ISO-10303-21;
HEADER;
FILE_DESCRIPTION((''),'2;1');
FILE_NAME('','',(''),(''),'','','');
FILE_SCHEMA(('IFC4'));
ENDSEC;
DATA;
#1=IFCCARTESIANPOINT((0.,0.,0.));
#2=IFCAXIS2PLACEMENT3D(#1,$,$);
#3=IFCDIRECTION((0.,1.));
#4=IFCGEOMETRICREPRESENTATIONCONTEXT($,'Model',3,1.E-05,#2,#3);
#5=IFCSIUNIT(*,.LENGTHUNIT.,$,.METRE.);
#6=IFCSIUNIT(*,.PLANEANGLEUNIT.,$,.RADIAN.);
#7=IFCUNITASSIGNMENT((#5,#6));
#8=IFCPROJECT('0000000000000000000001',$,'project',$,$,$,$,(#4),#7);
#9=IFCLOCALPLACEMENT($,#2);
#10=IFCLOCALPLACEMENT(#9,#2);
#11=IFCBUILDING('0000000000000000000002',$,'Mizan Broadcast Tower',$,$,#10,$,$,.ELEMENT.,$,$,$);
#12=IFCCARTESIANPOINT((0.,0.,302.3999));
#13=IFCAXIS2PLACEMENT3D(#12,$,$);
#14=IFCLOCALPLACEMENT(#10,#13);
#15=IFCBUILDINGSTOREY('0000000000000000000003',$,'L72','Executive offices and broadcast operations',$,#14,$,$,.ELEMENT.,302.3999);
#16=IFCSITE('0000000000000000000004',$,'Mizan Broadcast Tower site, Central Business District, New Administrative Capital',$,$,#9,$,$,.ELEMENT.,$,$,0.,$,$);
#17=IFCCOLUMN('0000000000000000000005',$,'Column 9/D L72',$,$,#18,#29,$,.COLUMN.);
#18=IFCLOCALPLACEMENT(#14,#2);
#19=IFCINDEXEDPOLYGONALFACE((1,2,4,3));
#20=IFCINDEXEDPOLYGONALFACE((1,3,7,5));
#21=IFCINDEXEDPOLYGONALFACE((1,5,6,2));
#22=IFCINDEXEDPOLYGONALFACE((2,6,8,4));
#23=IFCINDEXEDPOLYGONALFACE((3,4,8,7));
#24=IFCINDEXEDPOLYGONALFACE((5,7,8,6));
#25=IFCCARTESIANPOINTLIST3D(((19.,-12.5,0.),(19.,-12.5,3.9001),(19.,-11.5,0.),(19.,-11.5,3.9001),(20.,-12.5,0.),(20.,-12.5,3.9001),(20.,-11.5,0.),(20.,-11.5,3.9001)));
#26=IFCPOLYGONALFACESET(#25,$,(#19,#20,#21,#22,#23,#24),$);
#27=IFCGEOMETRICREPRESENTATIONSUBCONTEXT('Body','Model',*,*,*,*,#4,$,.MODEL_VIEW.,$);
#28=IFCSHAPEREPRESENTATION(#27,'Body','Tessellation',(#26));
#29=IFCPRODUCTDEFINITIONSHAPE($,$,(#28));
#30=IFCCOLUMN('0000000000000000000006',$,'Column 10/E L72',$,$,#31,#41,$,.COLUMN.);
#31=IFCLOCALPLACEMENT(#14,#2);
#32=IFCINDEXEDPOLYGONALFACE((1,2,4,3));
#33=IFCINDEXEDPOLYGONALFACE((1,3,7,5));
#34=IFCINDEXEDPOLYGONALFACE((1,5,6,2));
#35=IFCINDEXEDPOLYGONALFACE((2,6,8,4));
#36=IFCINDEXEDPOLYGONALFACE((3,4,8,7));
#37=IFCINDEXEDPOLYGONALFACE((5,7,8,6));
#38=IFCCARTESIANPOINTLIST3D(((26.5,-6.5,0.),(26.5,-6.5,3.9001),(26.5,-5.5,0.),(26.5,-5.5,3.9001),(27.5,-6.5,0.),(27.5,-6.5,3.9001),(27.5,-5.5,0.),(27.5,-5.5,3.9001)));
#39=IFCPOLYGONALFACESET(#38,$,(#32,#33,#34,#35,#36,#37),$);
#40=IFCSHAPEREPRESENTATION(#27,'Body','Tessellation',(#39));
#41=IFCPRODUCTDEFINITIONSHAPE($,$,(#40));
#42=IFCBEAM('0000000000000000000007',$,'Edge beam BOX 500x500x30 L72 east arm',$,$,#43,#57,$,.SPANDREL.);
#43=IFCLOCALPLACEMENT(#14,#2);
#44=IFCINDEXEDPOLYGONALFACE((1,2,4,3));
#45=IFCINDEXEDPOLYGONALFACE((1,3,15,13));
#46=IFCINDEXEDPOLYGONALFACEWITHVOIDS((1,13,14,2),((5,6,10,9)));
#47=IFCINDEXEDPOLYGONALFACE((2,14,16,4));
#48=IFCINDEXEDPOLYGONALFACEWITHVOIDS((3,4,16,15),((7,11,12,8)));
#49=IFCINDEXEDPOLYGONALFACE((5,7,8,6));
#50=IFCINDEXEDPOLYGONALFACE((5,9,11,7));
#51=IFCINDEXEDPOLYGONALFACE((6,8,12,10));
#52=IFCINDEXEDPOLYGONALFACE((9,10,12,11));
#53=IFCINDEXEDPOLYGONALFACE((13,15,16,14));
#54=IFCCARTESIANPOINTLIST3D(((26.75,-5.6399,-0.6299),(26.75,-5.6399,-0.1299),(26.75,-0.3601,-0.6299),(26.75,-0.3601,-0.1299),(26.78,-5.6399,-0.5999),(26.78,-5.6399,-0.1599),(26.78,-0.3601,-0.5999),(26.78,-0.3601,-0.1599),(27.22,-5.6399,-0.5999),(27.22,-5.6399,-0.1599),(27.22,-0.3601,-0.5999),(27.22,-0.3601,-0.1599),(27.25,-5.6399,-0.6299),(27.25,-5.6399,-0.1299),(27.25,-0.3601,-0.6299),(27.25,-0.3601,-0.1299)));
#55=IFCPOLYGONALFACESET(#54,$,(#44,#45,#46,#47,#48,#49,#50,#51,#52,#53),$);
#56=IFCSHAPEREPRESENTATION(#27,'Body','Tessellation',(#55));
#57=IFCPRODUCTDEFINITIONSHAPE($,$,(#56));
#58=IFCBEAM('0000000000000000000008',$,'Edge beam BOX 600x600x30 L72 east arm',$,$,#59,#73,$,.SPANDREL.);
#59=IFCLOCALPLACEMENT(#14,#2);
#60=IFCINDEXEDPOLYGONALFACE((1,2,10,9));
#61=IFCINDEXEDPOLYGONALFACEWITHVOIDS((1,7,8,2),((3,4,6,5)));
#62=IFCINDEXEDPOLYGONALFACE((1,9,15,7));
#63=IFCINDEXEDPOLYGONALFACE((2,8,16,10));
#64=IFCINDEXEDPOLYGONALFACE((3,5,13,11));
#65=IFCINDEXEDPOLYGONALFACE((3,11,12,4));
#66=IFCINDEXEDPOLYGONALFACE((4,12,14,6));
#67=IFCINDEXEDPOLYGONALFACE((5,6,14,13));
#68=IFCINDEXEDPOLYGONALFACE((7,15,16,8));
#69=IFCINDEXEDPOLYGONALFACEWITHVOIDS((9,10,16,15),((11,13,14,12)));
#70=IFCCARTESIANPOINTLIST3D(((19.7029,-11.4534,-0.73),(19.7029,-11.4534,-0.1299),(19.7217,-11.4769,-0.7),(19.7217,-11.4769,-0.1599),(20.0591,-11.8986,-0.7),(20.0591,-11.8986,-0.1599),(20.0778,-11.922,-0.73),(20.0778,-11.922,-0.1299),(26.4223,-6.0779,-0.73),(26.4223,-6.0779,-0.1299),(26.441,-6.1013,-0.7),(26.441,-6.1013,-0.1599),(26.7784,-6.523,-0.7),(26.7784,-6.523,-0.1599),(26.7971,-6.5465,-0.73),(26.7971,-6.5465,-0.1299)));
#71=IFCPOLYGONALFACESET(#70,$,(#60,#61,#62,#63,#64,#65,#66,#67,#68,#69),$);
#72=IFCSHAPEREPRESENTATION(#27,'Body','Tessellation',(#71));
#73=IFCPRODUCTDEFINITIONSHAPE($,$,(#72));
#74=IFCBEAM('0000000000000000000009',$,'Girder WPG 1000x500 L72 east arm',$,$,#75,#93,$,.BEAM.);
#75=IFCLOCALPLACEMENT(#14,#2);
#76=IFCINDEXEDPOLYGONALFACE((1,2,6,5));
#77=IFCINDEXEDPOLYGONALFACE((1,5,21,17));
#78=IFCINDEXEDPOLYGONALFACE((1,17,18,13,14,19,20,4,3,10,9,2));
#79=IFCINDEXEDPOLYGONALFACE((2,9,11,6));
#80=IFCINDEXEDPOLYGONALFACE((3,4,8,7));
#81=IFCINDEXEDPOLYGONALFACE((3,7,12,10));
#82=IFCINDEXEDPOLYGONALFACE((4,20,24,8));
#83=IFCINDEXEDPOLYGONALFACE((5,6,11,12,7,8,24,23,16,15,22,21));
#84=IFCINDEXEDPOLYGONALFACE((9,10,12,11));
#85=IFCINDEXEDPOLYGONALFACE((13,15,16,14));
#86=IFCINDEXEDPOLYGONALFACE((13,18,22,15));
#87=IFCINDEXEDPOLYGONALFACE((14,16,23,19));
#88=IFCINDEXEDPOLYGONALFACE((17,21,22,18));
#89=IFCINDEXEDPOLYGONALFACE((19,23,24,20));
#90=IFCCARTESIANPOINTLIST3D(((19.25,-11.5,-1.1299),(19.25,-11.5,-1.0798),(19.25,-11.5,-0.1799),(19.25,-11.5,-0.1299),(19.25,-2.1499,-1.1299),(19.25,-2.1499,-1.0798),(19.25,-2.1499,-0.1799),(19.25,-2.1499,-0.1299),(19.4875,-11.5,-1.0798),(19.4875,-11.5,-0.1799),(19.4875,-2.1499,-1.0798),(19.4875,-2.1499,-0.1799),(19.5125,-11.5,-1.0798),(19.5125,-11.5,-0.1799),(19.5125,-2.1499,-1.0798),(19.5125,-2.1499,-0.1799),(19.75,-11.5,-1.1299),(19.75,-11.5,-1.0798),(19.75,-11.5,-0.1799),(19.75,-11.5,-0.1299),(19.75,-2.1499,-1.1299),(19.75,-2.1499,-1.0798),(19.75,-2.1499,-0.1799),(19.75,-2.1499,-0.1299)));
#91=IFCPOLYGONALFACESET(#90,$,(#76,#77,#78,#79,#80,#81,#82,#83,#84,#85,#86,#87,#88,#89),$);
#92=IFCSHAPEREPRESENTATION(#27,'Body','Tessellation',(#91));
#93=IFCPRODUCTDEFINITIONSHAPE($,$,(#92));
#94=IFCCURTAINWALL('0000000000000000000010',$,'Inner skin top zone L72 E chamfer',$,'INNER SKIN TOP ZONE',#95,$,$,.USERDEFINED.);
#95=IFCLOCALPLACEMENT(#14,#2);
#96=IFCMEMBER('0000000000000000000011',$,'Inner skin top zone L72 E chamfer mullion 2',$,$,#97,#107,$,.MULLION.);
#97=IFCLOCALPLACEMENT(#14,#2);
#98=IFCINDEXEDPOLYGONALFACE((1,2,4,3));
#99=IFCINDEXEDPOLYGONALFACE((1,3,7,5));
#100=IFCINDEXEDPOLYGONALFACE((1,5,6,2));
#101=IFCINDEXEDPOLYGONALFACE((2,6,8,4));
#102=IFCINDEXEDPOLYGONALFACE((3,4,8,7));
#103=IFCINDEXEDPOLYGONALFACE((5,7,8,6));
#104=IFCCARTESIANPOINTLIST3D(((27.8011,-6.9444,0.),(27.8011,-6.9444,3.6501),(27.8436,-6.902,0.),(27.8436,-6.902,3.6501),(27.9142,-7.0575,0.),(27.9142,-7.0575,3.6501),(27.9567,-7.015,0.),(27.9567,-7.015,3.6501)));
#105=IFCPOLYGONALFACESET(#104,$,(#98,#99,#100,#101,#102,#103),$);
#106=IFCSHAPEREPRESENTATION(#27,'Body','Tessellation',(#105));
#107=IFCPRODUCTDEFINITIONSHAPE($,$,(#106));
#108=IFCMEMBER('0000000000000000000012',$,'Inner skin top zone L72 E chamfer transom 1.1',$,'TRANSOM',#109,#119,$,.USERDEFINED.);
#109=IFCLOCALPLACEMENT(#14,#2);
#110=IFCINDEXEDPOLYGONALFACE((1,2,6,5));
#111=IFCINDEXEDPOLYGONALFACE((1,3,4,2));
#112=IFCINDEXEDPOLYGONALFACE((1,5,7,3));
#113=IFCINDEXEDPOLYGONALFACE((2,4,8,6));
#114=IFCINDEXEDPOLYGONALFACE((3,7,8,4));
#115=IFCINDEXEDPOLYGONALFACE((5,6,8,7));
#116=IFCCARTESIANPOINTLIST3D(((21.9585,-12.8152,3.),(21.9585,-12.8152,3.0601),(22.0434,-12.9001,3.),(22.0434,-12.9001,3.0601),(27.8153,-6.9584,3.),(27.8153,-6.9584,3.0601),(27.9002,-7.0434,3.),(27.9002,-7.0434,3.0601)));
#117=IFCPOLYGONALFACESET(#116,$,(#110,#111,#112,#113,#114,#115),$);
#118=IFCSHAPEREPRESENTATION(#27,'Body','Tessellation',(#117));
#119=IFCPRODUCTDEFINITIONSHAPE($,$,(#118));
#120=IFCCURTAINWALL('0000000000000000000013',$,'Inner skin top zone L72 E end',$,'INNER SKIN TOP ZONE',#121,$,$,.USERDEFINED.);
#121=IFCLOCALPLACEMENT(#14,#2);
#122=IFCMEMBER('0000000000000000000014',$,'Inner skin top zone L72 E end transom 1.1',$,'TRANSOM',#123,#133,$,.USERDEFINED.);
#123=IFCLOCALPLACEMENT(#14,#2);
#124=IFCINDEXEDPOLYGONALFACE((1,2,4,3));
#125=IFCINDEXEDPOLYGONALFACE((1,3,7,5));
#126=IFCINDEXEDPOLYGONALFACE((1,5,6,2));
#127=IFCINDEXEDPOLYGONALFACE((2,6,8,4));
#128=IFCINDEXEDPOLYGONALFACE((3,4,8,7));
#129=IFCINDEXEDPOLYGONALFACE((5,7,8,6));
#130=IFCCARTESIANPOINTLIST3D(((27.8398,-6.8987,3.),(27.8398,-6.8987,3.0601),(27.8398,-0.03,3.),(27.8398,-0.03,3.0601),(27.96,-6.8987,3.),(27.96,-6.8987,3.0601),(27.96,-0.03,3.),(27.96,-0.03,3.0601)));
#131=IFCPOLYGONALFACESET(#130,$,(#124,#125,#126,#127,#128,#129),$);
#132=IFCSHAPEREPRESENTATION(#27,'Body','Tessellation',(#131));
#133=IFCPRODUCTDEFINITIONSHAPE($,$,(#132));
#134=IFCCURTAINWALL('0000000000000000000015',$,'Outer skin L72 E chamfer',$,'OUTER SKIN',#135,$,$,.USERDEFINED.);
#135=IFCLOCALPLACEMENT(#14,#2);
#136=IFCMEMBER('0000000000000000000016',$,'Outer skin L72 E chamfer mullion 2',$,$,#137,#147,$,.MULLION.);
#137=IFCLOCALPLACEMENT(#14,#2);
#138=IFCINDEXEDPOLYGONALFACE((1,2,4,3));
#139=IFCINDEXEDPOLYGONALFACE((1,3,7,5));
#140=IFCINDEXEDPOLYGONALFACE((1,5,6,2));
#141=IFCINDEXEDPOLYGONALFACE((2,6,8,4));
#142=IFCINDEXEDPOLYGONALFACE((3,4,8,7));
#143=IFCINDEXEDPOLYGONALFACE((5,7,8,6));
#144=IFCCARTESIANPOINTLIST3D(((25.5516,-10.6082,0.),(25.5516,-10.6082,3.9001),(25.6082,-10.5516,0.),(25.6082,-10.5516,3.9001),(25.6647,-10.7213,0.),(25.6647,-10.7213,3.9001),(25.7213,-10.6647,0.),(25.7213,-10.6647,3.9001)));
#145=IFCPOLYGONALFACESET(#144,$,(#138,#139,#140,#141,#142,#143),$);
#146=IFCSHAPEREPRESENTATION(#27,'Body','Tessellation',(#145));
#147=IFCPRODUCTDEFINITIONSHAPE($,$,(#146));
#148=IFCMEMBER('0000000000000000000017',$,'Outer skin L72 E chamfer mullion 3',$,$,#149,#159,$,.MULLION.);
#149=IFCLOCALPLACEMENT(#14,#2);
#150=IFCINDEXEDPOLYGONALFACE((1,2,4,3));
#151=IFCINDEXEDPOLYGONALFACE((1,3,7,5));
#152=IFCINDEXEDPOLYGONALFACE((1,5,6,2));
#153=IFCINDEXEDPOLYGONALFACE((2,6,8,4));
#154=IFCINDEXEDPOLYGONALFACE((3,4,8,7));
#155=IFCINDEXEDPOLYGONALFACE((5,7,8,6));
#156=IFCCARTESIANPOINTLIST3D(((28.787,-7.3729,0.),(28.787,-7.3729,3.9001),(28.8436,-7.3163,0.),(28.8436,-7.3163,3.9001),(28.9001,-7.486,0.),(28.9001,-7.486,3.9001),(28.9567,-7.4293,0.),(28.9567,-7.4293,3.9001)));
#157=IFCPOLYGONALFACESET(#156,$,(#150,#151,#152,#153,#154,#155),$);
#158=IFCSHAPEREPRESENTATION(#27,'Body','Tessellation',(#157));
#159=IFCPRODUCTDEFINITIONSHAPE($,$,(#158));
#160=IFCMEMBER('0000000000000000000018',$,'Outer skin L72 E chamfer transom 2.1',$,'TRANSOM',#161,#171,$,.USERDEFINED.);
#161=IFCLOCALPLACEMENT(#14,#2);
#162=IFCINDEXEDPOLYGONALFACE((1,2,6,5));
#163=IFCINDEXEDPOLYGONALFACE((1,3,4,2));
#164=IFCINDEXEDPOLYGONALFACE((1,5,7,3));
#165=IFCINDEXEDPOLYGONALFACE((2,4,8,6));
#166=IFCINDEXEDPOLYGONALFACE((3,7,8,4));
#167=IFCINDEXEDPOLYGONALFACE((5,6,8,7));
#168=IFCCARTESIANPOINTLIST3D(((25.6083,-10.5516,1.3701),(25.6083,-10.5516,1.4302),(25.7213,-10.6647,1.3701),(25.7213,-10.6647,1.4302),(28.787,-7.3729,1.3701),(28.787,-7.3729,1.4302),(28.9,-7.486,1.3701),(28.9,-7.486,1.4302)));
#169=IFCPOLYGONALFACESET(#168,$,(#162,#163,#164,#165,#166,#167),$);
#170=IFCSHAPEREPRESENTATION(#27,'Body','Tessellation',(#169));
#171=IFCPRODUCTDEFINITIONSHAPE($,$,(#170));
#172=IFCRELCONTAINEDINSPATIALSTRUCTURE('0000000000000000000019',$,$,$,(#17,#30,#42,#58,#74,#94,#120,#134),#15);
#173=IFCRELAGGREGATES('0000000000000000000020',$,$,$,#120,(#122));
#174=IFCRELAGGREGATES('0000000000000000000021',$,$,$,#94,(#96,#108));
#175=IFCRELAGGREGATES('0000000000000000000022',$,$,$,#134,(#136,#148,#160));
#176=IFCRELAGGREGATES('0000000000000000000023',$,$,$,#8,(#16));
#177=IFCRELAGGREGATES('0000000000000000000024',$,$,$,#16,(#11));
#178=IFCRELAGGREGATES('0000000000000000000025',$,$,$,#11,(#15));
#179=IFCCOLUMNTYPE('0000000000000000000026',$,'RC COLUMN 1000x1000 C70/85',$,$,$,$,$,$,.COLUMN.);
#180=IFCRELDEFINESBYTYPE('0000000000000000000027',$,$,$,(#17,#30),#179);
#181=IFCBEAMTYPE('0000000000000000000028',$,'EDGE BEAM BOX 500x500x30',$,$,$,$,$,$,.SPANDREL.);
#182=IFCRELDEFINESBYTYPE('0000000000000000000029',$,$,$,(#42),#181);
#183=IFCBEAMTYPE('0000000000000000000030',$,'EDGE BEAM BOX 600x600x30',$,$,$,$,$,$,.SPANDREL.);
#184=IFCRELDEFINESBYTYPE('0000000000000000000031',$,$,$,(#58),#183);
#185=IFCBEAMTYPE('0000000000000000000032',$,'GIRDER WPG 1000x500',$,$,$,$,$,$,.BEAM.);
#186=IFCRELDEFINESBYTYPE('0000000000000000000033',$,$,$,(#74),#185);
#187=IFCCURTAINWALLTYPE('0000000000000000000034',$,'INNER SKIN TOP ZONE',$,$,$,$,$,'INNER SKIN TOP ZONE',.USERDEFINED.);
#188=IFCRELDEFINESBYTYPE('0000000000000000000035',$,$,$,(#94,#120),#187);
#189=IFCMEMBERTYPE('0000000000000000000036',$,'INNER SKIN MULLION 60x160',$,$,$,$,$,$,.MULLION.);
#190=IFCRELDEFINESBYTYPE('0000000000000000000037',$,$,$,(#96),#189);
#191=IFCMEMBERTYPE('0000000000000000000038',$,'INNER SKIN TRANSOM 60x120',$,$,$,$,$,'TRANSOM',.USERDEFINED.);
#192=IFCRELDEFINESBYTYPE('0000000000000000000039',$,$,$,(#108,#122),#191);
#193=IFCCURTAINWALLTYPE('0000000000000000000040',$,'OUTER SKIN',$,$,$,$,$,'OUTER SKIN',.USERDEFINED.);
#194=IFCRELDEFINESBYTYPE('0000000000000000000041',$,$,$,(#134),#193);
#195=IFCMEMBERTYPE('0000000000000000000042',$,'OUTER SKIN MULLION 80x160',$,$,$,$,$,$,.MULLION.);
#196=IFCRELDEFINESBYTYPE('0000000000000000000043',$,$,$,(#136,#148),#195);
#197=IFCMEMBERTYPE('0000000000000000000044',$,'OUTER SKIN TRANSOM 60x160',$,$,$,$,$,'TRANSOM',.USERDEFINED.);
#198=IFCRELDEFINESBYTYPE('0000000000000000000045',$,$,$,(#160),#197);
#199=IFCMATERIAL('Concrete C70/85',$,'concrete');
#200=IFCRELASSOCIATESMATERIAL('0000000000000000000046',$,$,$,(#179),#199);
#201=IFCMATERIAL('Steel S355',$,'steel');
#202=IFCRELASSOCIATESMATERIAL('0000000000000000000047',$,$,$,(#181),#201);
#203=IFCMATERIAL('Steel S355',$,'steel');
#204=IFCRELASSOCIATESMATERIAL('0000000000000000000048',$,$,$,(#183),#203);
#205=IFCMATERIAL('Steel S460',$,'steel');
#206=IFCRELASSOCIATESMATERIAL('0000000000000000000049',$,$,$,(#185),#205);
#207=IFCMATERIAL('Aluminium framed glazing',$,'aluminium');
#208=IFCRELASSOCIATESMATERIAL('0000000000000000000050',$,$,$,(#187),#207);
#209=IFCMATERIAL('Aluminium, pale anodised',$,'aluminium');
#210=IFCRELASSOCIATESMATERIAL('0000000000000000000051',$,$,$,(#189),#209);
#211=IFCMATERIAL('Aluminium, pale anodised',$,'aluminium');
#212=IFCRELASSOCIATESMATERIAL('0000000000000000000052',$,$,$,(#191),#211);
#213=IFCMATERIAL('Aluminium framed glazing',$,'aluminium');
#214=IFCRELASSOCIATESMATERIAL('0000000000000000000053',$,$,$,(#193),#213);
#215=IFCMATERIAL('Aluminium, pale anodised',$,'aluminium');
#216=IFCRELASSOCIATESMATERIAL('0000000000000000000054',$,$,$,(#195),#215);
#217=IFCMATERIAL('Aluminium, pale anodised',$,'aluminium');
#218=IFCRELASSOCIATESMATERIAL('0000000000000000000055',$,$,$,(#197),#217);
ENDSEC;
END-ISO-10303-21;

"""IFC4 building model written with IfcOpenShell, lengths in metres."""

from ifc_helpers import new_model, si_unit, direction, frame, origin, origin_2d, place, context, subcontext, project, spatial, rectangle, hollow_rectangle, i_section, extrude, material, material_profile, profile_set, type_object, element, aggregate, save


model = new_model("IFC4")

# Units and contexts
model_context = context("Model", 3, precision=1e-05, world=origin(), true_north=direction((0.0, 1.0)))
body_context = subcontext(model_context, "Body", "Model", "MODEL_VIEW")
ifc_project = project(units=[si_unit("LENGTHUNIT", "METRE"), si_unit("PLANEANGLEUNIT", "RADIAN")], contexts=[model_context])

# Site, building, storey
site_placement = place(None, origin())
site = spatial("IfcSite", under=ifc_project, at=site_placement, Name="Mizan Broadcast Tower site, Central Business District, New Administrative Capital", CompositionType="ELEMENT", RefElevation=0.0)
building_placement = place(site_placement, origin())
building = spatial("IfcBuilding", under=site, at=building_placement, Name="Mizan Broadcast Tower", CompositionType="ELEMENT")
storey_placement = place(building_placement, frame((0.0, 0.0, 302.3999)))
storey = spatial("IfcBuildingStorey", under=building, at=storey_placement, Name="L72", Description="Executive offices and broadcast operations", CompositionType="ELEMENT", Elevation=302.3999)

# Columns
ifc_material_1 = material(Name="Concrete C70/85", Category="concrete")
ifc_material_profile_1 = material_profile(ifc_material_1, rectangle(XDim=1.0, YDim=1.0, at=origin_2d()), Name="RC 1000x1000")
ifc_profile_set_1 = profile_set([ifc_material_profile_1], Name="Concrete C70/85")
column_type = type_object("IfcColumnType", Name="RC COLUMN 1000x1000 C70/85", PredefinedType="COLUMN", material=ifc_profile_set_1)
for number, where, z_axis, x_axis, name in (
    (1, (19.5, -12.0, 0.0), (0.0, 0.0, 1.0), (1.0, 0.0, 0.0), "Column 9/D L72"),
    (2, (27.0, -6.0, 0.0), (0.0, 0.0, 1.0), (1.0, 0.0, 0.0), "Column 10/E L72"),
):
    element("IfcColumn", number, at=place(storey_placement, frame(where, z_axis=z_axis, x_axis=x_axis)), inside=storey, type_object=column_type, Name=name, PredefinedType="COLUMN", context=body_context, shape_type="SweptSolid", body=[
        extrude(rectangle(XDim=1.0, YDim=1.0, at=origin_2d()), origin(), (0.0, 0.0, 1.0), 3.9001),
    ])

# Beams
ifc_material_2 = material(Name="Steel S355", Category="steel")
ifc_material_profile_2 = material_profile(ifc_material_2, hollow_rectangle(XDim=0.5, YDim=0.5, WallThickness=0.03, at=origin_2d()), Name="BOX 500x500x30")
ifc_profile_set_2 = profile_set([ifc_material_profile_2], Name="Steel S355")
beam_type_1 = type_object("IfcBeamType", Name="EDGE BEAM BOX 500x500x30", PredefinedType="SPANDREL", material=ifc_profile_set_2)
beam_1_placement = place(storey_placement, frame((27.0, -5.6399, -0.3799), z_axis=(0.0, 1.0, 0.0), x_axis=(-1.0, 0.0, 0.0)))
element("IfcBeam", 3, at=beam_1_placement, inside=storey, type_object=beam_type_1, Name="Edge beam BOX 500x500x30 L72 east arm", PredefinedType="SPANDREL", context=body_context, shape_type="SweptSolid", body=[
    extrude(hollow_rectangle(XDim=0.5, YDim=0.5, WallThickness=0.03, at=origin_2d()), origin(), (0.0, 0.0, 1.0), 5.2798),
])
ifc_material_3 = material(Name="Steel S355", Category="steel")
ifc_material_profile_3 = material_profile(ifc_material_3, hollow_rectangle(XDim=0.6001, YDim=0.6001, WallThickness=0.03, at=origin_2d()), Name="BOX 600x600x30")
ifc_profile_set_3 = profile_set([ifc_material_profile_3], Name="Steel S355")
beam_type_2 = type_object("IfcBeamType", Name="EDGE BEAM BOX 600x600x30", PredefinedType="SPANDREL", material=ifc_profile_set_3)
beam_2_placement = place(storey_placement, frame((19.8904, -11.6877, -0.4299), z_axis=(0.780863, 0.624702, 0.0), x_axis=(-0.624702, 0.780863, 0.0)))
element("IfcBeam", 4, at=beam_2_placement, inside=storey, type_object=beam_type_2, Name="Edge beam BOX 600x600x30 L72 east arm", PredefinedType="SPANDREL", context=body_context, shape_type="SweptSolid", body=[
    extrude(hollow_rectangle(XDim=0.6001, YDim=0.6001, WallThickness=0.03, at=origin_2d()), origin(), (0.0, 0.0, 1.0), 8.605),
])
ifc_material_4 = material(Name="Steel S460", Category="steel")
ifc_material_profile_4 = material_profile(ifc_material_4, i_section(OverallWidth=0.5, OverallDepth=1.0, WebThickness=0.0249, FlangeThickness=0.05, at=origin_2d()), Name="WPG 1000x500")
ifc_profile_set_4 = profile_set([ifc_material_profile_4], Name="Steel S460")
beam_type_3 = type_object("IfcBeamType", Name="GIRDER WPG 1000x500", PredefinedType="BEAM", material=ifc_profile_set_4)
beam_3_placement = place(storey_placement, frame((19.5, -11.5, -0.6299), z_axis=(0.0, 1.0, 0.0), x_axis=(-1.0, 0.0, 0.0)))
element("IfcBeam", 5, at=beam_3_placement, inside=storey, type_object=beam_type_3, Name="Girder WPG 1000x500 L72 east arm", PredefinedType="BEAM", context=body_context, shape_type="SweptSolid", body=[
    extrude(i_section(OverallWidth=0.5, OverallDepth=1.0, WebThickness=0.0249, FlangeThickness=0.05, at=origin_2d()), origin(), (0.0, 0.0, 1.0), 9.3501),
])

# Curtain wall, members
ifc_material_5 = material(Name="Aluminium framed glazing", Category="aluminium")
curtain_wall_type_1 = type_object("IfcCurtainWallType", Name="INNER SKIN TOP ZONE", ElementType="INNER SKIN TOP ZONE", PredefinedType="USERDEFINED", material=ifc_material_5)
curtain_wall_1_placement = place(storey_placement, origin())
curtain_wall_1 = element("IfcCurtainWall", 6, at=curtain_wall_1_placement, inside=storey, type_object=curtain_wall_type_1, Name="Inner skin top zone L72 E chamfer", ObjectType="INNER SKIN TOP ZONE", PredefinedType="USERDEFINED")
ifc_material_6 = material(Name="Aluminium, pale anodised", Category="aluminium")
ifc_material_profile_5 = material_profile(ifc_material_6, rectangle(XDim=0.1599, YDim=0.0601, at=origin_2d()), Name="MULLION 160x60")
ifc_profile_set_5 = profile_set([ifc_material_profile_5], Name="Aluminium, pale anodised")
member_type_1 = type_object("IfcMemberType", Name="INNER SKIN MULLION 60x160", PredefinedType="MULLION", material=ifc_profile_set_5)
member_1_placement = place(storey_placement, frame((27.8789, -6.9797, 0.0), z_axis=(0.0, 0.0, 1.0), x_axis=(-0.707107, 0.707107, 0.0)))
member_1 = element("IfcMember", 7, at=member_1_placement, type_object=member_type_1, Name="Inner skin top zone L72 E chamfer mullion 2", PredefinedType="MULLION", context=body_context, shape_type="SweptSolid", body=[
    extrude(rectangle(XDim=0.1599, YDim=0.0601, at=origin_2d()), origin(), (0.0, 0.0, 1.0), 3.6501),
])
ifc_material_7 = material(Name="Aluminium, pale anodised", Category="aluminium")
ifc_material_profile_6 = material_profile(ifc_material_7, rectangle(XDim=0.1201, YDim=0.0601, at=origin_2d()), Name="TRANSOM 120x60")
ifc_profile_set_6 = profile_set([ifc_material_profile_6], Name="Aluminium, pale anodised")
member_type_2 = type_object("IfcMemberType", Name="INNER SKIN TRANSOM 60x120", ElementType="TRANSOM", PredefinedType="USERDEFINED", material=ifc_profile_set_6)
member_2_placement = place(storey_placement, frame((22.001, -12.8577, 3.03), z_axis=(0.707107, 0.707107, 0.0), x_axis=(-0.707107, 0.707107, 0.0)))
member_2 = element("IfcMember", 8, at=member_2_placement, type_object=member_type_2, Name="Inner skin top zone L72 E chamfer transom 1.1", ObjectType="TRANSOM", PredefinedType="USERDEFINED", context=body_context, shape_type="SweptSolid", body=[
    extrude(rectangle(XDim=0.1201, YDim=0.0601, at=origin_2d()), origin(), (0.0, 0.0, 1.0), 8.2827),
])

# Curtain wall, member
curtain_wall_2_placement = place(storey_placement, origin())
curtain_wall_2 = element("IfcCurtainWall", 9, at=curtain_wall_2_placement, inside=storey, type_object=curtain_wall_type_1, Name="Inner skin top zone L72 E end", ObjectType="INNER SKIN TOP ZONE", PredefinedType="USERDEFINED")
member_3_placement = place(storey_placement, frame((27.8999, -6.8987, 3.03), z_axis=(0.0, 1.0, 0.0), x_axis=(-1.0, 0.0, 0.0)))
member_3 = element("IfcMember", 10, at=member_3_placement, type_object=member_type_2, Name="Inner skin top zone L72 E end transom 1.1", ObjectType="TRANSOM", PredefinedType="USERDEFINED", context=body_context, shape_type="SweptSolid", body=[
    extrude(rectangle(XDim=0.1201, YDim=0.0601, at=origin_2d()), origin(), (0.0, 0.0, 1.0), 6.8687),
])
aggregate(curtain_wall_2, [member_3])

# Curtain wall, members
ifc_material_8 = material(Name="Aluminium framed glazing", Category="aluminium")
curtain_wall_type_2 = type_object("IfcCurtainWallType", Name="OUTER SKIN", ElementType="OUTER SKIN", PredefinedType="USERDEFINED", material=ifc_material_8)
curtain_wall_3_placement = place(storey_placement, origin())
curtain_wall_3 = element("IfcCurtainWall", 11, at=curtain_wall_3_placement, inside=storey, type_object=curtain_wall_type_2, Name="Outer skin L72 E chamfer", ObjectType="OUTER SKIN", PredefinedType="USERDEFINED")
ifc_material_9 = material(Name="Aluminium, pale anodised", Category="aluminium")
ifc_material_profile_7 = material_profile(ifc_material_9, rectangle(XDim=0.1599, YDim=0.0801, at=origin_2d()), Name="MULLION 160x80")
ifc_profile_set_7 = profile_set([ifc_material_profile_7], Name="Aluminium, pale anodised")
member_type_3 = type_object("IfcMemberType", Name="OUTER SKIN MULLION 80x160", PredefinedType="MULLION", material=ifc_profile_set_7)
member_4_placement = place(storey_placement, frame((25.6365, -10.6365, 0.0), z_axis=(0.0, 0.0, 1.0), x_axis=(-0.707107, 0.707107, 0.0)))
member_4 = element("IfcMember", 12, at=member_4_placement, type_object=member_type_3, Name="Outer skin L72 E chamfer mullion 2", PredefinedType="MULLION", context=body_context, shape_type="SweptSolid", body=[
    extrude(rectangle(XDim=0.1599, YDim=0.0801, at=origin_2d()), origin(), (0.0, 0.0, 1.0), 3.9001),
])
member_5_placement = place(storey_placement, frame((28.8718, -7.4011, 0.0), z_axis=(0.0, 0.0, 1.0), x_axis=(-0.707107, 0.707107, 0.0)))
member_5 = element("IfcMember", 13, at=member_5_placement, type_object=member_type_3, Name="Outer skin L72 E chamfer mullion 3", PredefinedType="MULLION", context=body_context, shape_type="SweptSolid", body=[
    extrude(rectangle(XDim=0.1599, YDim=0.0801, at=origin_2d()), origin(), (0.0, 0.0, 1.0), 3.9001),
])
ifc_material_10 = material(Name="Aluminium, pale anodised", Category="aluminium")
ifc_material_profile_8 = material_profile(ifc_material_10, rectangle(XDim=0.1599, YDim=0.0601, at=origin_2d()), Name="TRANSOM 160x60")
ifc_profile_set_8 = profile_set([ifc_material_profile_8], Name="Aluminium, pale anodised")
member_type_4 = type_object("IfcMemberType", Name="OUTER SKIN TRANSOM 60x160", ElementType="TRANSOM", PredefinedType="USERDEFINED", material=ifc_profile_set_8)
member_6_placement = place(storey_placement, frame((25.6648, -10.6082, 1.4001), z_axis=(0.707107, 0.707107, 0.0), x_axis=(-0.707107, 0.707107, 0.0)))
member_6 = element("IfcMember", 14, at=member_6_placement, type_object=member_type_4, Name="Outer skin L72 E chamfer transom 2.1", ObjectType="TRANSOM", PredefinedType="USERDEFINED", context=body_context, shape_type="SweptSolid", body=[
    extrude(rectangle(XDim=0.1599, YDim=0.0601, at=origin_2d()), origin(), (0.0, 0.0, 1.0), 4.4954),
])

aggregate(curtain_wall_1, [member_1, member_2])
aggregate(curtain_wall_3, [member_4, member_5, member_6])

save(model, "model.ifc")
